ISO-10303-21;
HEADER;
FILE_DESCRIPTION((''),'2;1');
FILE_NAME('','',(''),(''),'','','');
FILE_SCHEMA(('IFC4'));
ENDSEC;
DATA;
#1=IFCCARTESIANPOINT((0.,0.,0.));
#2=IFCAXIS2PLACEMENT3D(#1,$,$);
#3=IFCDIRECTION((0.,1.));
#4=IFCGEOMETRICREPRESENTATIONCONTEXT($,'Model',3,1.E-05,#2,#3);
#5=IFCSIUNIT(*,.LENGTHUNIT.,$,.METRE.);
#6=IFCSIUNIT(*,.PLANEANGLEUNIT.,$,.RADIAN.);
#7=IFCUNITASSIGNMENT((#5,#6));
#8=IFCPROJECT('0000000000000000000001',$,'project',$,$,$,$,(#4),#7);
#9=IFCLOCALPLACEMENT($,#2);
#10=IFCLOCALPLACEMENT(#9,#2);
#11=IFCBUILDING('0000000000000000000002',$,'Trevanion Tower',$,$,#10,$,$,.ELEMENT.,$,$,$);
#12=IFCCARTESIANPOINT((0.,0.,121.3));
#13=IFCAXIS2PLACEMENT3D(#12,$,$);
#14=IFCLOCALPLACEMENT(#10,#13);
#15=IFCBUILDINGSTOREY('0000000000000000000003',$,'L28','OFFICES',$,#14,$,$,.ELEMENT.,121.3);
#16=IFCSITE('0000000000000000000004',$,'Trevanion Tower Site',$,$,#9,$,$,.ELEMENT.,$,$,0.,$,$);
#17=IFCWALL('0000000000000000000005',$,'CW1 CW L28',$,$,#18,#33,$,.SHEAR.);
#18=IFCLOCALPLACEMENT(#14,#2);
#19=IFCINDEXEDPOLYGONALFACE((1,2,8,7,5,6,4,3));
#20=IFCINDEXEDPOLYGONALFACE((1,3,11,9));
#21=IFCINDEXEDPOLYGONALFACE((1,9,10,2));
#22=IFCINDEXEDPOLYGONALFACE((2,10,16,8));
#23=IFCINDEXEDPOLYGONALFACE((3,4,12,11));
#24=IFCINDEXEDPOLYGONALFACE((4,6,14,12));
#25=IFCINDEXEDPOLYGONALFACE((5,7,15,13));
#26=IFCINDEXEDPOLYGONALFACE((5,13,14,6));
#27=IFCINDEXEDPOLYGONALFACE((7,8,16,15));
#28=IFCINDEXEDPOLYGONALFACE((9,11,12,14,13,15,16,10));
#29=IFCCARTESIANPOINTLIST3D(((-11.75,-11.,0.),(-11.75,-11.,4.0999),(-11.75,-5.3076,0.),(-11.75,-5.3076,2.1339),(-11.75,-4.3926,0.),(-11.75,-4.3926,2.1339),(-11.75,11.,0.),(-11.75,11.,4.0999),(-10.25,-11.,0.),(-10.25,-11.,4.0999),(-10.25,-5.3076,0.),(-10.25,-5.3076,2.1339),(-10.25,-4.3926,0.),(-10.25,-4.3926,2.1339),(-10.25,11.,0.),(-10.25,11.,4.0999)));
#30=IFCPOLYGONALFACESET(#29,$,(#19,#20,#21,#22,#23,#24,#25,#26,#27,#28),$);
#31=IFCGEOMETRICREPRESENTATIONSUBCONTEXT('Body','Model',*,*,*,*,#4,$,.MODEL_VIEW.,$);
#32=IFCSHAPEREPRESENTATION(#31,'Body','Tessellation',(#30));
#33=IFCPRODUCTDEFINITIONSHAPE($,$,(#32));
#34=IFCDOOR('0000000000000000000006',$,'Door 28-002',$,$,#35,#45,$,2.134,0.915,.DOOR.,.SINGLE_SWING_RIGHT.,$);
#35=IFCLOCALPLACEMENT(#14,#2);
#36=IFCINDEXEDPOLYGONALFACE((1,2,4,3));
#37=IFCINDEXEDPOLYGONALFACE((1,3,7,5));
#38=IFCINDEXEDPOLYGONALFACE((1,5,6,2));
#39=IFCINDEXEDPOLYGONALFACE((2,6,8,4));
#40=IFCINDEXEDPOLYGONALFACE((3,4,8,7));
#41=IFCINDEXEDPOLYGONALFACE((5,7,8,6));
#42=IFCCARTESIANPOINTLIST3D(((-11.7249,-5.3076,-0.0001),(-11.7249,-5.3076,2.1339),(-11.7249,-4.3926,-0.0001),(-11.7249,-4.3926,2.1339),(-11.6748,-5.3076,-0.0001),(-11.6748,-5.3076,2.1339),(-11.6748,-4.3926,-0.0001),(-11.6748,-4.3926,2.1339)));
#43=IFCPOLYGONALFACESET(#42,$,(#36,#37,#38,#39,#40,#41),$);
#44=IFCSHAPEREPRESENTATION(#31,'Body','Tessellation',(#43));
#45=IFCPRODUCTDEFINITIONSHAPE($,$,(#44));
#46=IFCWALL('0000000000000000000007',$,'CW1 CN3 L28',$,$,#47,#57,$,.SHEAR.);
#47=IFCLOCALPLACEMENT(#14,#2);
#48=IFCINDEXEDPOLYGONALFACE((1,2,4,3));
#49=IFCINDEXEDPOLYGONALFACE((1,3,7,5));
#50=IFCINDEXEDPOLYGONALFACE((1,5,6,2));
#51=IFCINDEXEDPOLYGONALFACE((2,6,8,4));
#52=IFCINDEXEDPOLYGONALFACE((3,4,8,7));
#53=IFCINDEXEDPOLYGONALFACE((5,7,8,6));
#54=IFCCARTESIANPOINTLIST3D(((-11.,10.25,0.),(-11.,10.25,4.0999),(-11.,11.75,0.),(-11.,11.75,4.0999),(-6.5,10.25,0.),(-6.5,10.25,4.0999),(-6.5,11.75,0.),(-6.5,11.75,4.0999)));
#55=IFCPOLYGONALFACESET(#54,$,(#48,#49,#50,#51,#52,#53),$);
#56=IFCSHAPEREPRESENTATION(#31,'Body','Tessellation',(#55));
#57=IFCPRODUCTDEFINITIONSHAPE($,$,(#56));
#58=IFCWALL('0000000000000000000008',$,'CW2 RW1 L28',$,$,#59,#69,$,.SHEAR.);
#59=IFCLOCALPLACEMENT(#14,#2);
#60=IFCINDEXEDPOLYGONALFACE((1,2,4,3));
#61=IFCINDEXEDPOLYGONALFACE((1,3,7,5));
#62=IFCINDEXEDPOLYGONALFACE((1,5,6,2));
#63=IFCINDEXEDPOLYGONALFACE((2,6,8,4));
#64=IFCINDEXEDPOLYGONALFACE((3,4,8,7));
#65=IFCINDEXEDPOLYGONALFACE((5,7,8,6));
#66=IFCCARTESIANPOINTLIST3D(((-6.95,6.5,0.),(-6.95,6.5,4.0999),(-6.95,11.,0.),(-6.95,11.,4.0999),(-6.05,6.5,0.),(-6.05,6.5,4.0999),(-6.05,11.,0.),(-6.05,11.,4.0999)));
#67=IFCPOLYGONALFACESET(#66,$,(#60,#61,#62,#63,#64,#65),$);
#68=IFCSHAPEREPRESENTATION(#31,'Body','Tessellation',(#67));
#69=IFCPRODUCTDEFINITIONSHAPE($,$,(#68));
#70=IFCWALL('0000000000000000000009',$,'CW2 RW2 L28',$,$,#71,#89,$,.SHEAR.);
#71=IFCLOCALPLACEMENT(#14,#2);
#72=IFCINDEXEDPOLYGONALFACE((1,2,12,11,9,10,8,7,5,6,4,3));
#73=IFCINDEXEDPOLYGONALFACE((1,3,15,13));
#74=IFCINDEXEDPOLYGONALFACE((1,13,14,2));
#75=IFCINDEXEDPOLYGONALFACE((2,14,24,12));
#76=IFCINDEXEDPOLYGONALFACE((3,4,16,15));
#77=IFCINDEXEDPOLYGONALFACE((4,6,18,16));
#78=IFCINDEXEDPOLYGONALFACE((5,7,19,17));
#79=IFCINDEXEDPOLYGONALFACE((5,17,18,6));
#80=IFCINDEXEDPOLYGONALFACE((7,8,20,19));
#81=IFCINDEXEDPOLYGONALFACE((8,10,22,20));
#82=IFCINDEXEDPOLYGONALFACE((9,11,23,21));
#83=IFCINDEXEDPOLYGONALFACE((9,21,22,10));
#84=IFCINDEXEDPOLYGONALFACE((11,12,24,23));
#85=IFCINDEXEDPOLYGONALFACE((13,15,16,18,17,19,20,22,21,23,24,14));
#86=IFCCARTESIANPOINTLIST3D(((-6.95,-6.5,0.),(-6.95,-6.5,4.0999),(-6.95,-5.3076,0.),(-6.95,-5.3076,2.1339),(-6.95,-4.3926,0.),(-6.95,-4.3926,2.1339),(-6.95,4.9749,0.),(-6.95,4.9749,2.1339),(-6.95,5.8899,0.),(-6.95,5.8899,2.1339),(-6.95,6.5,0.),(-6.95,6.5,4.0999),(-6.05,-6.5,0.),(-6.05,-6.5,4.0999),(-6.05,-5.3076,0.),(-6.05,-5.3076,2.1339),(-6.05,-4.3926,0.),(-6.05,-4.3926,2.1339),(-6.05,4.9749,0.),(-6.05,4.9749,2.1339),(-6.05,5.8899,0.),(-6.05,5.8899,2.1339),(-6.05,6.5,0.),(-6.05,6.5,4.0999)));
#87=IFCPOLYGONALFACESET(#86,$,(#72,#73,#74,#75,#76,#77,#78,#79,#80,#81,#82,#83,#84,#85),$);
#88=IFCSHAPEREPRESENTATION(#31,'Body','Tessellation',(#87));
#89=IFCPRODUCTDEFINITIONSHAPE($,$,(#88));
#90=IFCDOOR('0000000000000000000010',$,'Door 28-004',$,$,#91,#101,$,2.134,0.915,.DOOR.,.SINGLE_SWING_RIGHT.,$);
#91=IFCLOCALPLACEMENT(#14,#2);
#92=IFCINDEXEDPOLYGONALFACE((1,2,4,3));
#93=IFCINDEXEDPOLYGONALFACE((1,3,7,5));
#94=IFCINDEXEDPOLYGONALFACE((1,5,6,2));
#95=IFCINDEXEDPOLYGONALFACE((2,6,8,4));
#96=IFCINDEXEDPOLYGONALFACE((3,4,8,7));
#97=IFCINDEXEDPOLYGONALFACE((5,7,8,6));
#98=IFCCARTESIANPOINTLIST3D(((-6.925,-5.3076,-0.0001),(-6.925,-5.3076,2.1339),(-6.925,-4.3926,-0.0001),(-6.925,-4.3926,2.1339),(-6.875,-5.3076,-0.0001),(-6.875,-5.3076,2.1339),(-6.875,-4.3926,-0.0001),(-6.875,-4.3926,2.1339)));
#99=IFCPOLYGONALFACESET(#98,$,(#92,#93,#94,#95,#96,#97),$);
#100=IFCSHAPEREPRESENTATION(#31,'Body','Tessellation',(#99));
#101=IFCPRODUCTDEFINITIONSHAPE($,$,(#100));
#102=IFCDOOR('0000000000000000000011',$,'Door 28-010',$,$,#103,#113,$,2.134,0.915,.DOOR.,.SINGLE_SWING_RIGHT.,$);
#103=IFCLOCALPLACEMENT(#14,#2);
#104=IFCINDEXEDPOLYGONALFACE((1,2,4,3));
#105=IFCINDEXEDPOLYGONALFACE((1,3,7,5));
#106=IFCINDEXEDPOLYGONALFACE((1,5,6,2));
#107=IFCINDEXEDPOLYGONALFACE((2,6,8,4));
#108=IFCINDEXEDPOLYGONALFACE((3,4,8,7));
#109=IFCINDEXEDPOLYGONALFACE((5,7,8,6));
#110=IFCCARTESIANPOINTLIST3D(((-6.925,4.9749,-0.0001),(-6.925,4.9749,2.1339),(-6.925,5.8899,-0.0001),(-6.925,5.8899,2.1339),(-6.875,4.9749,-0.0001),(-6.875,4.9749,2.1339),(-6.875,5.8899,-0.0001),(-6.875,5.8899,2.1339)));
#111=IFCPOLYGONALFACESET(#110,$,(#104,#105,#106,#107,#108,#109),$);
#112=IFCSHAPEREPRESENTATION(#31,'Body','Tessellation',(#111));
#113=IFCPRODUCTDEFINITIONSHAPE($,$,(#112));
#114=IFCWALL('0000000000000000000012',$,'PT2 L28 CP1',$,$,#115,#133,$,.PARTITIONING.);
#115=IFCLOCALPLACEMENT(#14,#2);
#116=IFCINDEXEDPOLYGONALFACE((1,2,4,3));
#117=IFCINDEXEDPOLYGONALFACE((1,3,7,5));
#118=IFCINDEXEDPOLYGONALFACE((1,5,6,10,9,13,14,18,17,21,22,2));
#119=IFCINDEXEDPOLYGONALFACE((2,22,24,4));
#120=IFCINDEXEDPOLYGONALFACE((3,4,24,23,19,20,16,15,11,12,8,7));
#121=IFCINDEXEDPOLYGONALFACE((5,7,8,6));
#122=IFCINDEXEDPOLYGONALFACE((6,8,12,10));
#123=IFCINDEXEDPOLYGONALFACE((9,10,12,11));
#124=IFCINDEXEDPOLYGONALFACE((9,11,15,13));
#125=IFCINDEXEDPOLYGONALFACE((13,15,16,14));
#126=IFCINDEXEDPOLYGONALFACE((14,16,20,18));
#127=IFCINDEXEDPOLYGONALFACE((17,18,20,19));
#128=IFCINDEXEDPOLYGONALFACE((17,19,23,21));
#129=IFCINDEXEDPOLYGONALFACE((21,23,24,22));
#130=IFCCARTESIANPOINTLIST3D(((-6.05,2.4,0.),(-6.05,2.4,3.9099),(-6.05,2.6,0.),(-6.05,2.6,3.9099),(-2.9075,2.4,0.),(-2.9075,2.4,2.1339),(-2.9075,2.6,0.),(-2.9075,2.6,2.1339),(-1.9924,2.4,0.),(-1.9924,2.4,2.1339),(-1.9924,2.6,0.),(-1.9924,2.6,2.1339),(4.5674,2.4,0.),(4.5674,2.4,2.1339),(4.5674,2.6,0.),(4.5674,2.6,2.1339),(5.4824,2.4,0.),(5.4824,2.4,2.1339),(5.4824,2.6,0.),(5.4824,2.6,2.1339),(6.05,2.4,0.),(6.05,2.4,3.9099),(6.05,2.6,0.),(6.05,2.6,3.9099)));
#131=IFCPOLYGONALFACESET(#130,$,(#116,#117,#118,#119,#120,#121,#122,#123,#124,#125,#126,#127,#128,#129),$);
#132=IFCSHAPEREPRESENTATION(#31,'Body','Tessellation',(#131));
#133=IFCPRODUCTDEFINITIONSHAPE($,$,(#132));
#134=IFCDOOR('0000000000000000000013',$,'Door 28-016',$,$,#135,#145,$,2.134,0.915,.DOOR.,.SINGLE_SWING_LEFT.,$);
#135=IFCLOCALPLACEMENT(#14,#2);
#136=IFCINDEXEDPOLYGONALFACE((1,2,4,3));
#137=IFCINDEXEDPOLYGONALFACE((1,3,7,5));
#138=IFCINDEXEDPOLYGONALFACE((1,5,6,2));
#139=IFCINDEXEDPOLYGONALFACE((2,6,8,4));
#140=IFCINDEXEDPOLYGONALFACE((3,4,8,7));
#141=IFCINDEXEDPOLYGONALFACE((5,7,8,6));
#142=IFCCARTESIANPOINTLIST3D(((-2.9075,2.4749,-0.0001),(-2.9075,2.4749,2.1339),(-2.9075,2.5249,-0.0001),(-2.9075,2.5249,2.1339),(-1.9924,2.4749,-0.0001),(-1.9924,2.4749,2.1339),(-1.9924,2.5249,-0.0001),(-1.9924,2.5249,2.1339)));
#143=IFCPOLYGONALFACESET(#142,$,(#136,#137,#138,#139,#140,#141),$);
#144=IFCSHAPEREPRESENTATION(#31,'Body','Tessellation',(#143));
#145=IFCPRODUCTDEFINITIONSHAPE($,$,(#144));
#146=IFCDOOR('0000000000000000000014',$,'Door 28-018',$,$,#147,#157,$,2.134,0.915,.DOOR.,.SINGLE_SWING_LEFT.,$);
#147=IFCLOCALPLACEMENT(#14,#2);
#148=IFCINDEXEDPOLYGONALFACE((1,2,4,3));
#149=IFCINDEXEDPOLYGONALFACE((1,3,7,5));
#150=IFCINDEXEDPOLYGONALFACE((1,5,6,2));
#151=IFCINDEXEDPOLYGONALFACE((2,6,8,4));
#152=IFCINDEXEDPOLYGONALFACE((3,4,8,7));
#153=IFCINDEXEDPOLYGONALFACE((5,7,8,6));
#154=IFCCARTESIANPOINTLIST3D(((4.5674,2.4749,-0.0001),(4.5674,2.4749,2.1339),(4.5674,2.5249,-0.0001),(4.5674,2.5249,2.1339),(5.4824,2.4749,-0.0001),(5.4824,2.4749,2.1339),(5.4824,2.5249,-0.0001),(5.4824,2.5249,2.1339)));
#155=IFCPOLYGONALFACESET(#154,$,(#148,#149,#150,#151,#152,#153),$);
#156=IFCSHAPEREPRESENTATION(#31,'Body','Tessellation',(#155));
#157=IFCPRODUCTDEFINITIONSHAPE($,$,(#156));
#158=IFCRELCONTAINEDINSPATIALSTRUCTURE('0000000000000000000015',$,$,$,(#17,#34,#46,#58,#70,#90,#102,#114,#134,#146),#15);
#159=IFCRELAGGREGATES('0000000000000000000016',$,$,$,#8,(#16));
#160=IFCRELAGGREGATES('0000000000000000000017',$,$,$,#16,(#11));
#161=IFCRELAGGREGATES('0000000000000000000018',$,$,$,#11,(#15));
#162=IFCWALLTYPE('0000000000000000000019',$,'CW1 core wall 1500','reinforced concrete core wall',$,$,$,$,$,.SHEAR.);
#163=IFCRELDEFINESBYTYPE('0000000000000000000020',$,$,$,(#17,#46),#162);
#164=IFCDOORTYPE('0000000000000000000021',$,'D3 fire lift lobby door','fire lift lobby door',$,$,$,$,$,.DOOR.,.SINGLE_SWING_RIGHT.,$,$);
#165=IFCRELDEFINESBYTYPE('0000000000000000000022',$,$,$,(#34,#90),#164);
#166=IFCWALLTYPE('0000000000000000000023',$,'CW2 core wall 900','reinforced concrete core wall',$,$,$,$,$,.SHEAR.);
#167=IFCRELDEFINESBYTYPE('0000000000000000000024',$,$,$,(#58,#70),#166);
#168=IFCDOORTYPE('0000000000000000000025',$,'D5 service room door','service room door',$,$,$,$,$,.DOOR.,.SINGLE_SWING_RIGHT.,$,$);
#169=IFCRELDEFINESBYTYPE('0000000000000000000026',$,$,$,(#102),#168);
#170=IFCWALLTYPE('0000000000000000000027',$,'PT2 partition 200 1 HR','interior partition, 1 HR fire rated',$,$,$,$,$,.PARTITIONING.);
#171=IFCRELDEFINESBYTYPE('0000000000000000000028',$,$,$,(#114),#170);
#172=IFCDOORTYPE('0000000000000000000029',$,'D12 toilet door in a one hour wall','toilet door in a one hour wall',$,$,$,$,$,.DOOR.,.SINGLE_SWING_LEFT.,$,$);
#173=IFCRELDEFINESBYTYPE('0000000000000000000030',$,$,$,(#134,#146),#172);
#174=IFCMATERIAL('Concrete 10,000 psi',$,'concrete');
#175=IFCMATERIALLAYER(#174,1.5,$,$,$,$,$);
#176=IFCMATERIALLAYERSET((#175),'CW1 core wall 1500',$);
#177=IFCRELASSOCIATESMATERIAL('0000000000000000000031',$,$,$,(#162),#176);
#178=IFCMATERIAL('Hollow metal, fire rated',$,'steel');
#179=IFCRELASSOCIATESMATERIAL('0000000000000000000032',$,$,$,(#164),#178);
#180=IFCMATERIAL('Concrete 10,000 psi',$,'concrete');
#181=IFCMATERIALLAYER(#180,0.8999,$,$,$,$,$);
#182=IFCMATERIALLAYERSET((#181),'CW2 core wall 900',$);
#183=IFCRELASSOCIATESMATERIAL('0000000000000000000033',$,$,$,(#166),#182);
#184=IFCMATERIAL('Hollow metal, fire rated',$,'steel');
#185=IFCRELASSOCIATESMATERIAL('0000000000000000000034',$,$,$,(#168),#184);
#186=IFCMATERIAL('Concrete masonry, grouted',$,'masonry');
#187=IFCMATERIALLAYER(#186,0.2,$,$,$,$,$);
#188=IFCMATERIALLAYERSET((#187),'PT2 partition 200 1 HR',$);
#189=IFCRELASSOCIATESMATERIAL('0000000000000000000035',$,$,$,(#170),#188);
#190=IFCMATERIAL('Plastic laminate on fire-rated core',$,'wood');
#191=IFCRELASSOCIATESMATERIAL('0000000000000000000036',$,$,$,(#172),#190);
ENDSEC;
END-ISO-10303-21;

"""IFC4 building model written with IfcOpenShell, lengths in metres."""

from ifc_helpers import new_model, si_unit, direction, frame, frame_2d, origin, place, context, subcontext, project, spatial, rectangle, extrude, material, layer, layer_set, type_object, element, fill, save


model = new_model("IFC4")

# Units and contexts
model_context = context("Model", 3, precision=1e-05, world=origin(), true_north=direction((0.0, 1.0)))
body_context = subcontext(model_context, "Body", "Model", "MODEL_VIEW")
ifc_project = project(units=[si_unit("LENGTHUNIT", "METRE"), si_unit("PLANEANGLEUNIT", "RADIAN")], contexts=[model_context])

# Site, building, storey
site_placement = place(None, origin())
site = spatial("IfcSite", under=ifc_project, at=site_placement, Name="Trevanion Tower Site", CompositionType="ELEMENT", RefElevation=0.0)
building_placement = place(site_placement, origin())
building = spatial("IfcBuilding", under=site, at=building_placement, Name="Trevanion Tower", CompositionType="ELEMENT")
storey_placement = place(building_placement, frame((0.0, 0.0, 121.3)))
storey = spatial("IfcBuildingStorey", under=building, at=storey_placement, Name="L28", Description="OFFICES", CompositionType="ELEMENT", Elevation=121.3)

# Wall, opening, door
ifc_material_1 = material(Name="Concrete 10,000 psi", Category="concrete")
ifc_layer_1 = layer(ifc_material_1, 1.5)
ifc_layer_set_1 = layer_set([ifc_layer_1], Name="CW1 core wall 1500")
wall_type_1 = type_object("IfcWallType", Name="CW1 core wall 1500", Description="reinforced concrete core wall", PredefinedType="SHEAR", material=ifc_layer_set_1)
wall_1_placement = place(storey_placement, frame((-11.0, 11.0, 0.0), z_axis=(0.0, 0.0, 1.0), x_axis=(0.0, -1.0, 0.0)))
wall_1 = element("IfcWall", 1, at=wall_1_placement, inside=storey, type_object=wall_type_1, Name="CW1 CW L28", PredefinedType="SHEAR", context=body_context, shape_type="SweptSolid", body=[
    extrude(rectangle(XDim=22.0, YDim=1.5, at=frame_2d((11.0, 0.0))), origin(), (0.0, 0.0, 1.0), 4.0999),
])
opening_1_placement = place(wall_1_placement, frame((15.3926, 0.0, 0.0)))
opening_1 = element("IfcOpeningElement", 2, at=opening_1_placement, cuts=wall_1, PredefinedType="OPENING", context=body_context, shape_type="SweptSolid", body=[
    extrude(rectangle(XDim=0.915, YDim=2.134, at=frame_2d((0.4575, 1.0669))), frame((0.0, 0.76, 0.0), z_axis=(0.0, -1.0, 0.0), x_axis=(1.0, 0.0, 0.0)), (0.0, 0.0, 1.0), 1.52),
])
ifc_material_2 = material(Name="Hollow metal, fire rated", Category="steel")
door_type_1 = type_object("IfcDoorType", Name="D3 fire lift lobby door", Description="fire lift lobby door", OperationType="SINGLE_SWING_RIGHT", PredefinedType="DOOR", material=ifc_material_2)
door_1_placement = place(opening_1_placement, origin())
door_1 = element("IfcDoor", 3, at=door_1_placement, inside=storey, type_object=door_type_1, Name="Door 28-002", OperationType="SINGLE_SWING_RIGHT", OverallHeight=2.134, OverallWidth=0.915, PredefinedType="DOOR", context=body_context, shape_type="SweptSolid", body=[
    extrude(rectangle(XDim=0.915, YDim=2.134, at=frame_2d((0.4575, 1.0669))), frame((0.0, -0.6748, 0.0), z_axis=(0.0, -1.0, 0.0), x_axis=(1.0, 0.0, 0.0)), (0.0, 0.0, 1.0), 0.05),
])
fill(opening_1, door_1)

# Walls
wall_2_placement = place(storey_placement, frame((-6.5, 11.0, 0.0), z_axis=(0.0, 0.0, 1.0), x_axis=(-1.0, 0.0, 0.0)))
element("IfcWall", 4, at=wall_2_placement, inside=storey, type_object=wall_type_1, Name="CW1 CN3 L28", PredefinedType="SHEAR", context=body_context, shape_type="SweptSolid", body=[
    extrude(rectangle(XDim=4.5, YDim=1.5, at=frame_2d((2.25, 0.0))), origin(), (0.0, 0.0, 1.0), 4.0999),
])
ifc_material_3 = material(Name="Concrete 10,000 psi", Category="concrete")
ifc_layer_2 = layer(ifc_material_3, 0.8999)
ifc_layer_set_2 = layer_set([ifc_layer_2], Name="CW2 core wall 900")
wall_type_2 = type_object("IfcWallType", Name="CW2 core wall 900", Description="reinforced concrete core wall", PredefinedType="SHEAR", material=ifc_layer_set_2)
wall_3_placement = place(storey_placement, frame((-6.5, 11.0, 0.0), z_axis=(0.0, 0.0, 1.0), x_axis=(0.0, -1.0, 0.0)))
element("IfcWall", 5, at=wall_3_placement, inside=storey, type_object=wall_type_2, Name="CW2 RW1 L28", PredefinedType="SHEAR", context=body_context, shape_type="SweptSolid", body=[
    extrude(rectangle(XDim=4.5, YDim=0.8999, at=frame_2d((2.25, 0.0))), origin(), (0.0, 0.0, 1.0), 4.0999),
])

# Walls, openings, doors
wall_4_placement = place(storey_placement, frame((-6.5, 6.5, 0.0), z_axis=(0.0, 0.0, 1.0), x_axis=(0.0, -1.0, 0.0)))
wall_4 = element("IfcWall", 6, at=wall_4_placement, inside=storey, type_object=wall_type_2, Name="CW2 RW2 L28", PredefinedType="SHEAR", context=body_context, shape_type="SweptSolid", body=[
    extrude(rectangle(XDim=13.0, YDim=0.8999, at=frame_2d((6.5, 0.0))), origin(), (0.0, 0.0, 1.0), 4.0999),
])
opening_2_placement = place(wall_4_placement, frame((10.8926, 0.0, 0.0)))
opening_2 = element("IfcOpeningElement", 7, at=opening_2_placement, cuts=wall_4, PredefinedType="OPENING", context=body_context, shape_type="SweptSolid", body=[
    extrude(rectangle(XDim=0.915, YDim=2.134, at=frame_2d((0.4575, 1.0669))), frame((0.0, 0.46, 0.0), z_axis=(0.0, -1.0, 0.0), x_axis=(1.0, 0.0, 0.0)), (0.0, 0.0, 1.0), 0.9199),
])
opening_3_placement = place(wall_4_placement, frame((0.6101, 0.0, 0.0)))
opening_3 = element("IfcOpeningElement", 8, at=opening_3_placement, cuts=wall_4, PredefinedType="OPENING", context=body_context, shape_type="SweptSolid", body=[
    extrude(rectangle(XDim=0.915, YDim=2.134, at=frame_2d((0.4575, 1.0669))), frame((0.0, 0.46, 0.0), z_axis=(0.0, -1.0, 0.0), x_axis=(1.0, 0.0, 0.0)), (0.0, 0.0, 1.0), 0.9199),
])
door_2_placement = place(opening_2_placement, origin())
door_2 = element("IfcDoor", 9, at=door_2_placement, inside=storey, type_object=door_type_1, Name="Door 28-004", OperationType="SINGLE_SWING_RIGHT", OverallHeight=2.134, OverallWidth=0.915, PredefinedType="DOOR", context=body_context, shape_type="SweptSolid", body=[
    extrude(rectangle(XDim=0.915, YDim=2.134, at=frame_2d((0.4575, 1.0669))), frame((0.0, -0.375, 0.0), z_axis=(0.0, -1.0, 0.0), x_axis=(1.0, 0.0, 0.0)), (0.0, 0.0, 1.0), 0.05),
])
fill(opening_2, door_2)
ifc_material_4 = material(Name="Hollow metal, fire rated", Category="steel")
door_type_2 = type_object("IfcDoorType", Name="D5 service room door", Description="service room door", OperationType="SINGLE_SWING_RIGHT", PredefinedType="DOOR", material=ifc_material_4)
door_3_placement = place(opening_3_placement, origin())
door_3 = element("IfcDoor", 10, at=door_3_placement, inside=storey, type_object=door_type_2, Name="Door 28-010", OperationType="SINGLE_SWING_RIGHT", OverallHeight=2.134, OverallWidth=0.915, PredefinedType="DOOR", context=body_context, shape_type="SweptSolid", body=[
    extrude(rectangle(XDim=0.915, YDim=2.134, at=frame_2d((0.4575, 1.0669))), frame((0.0, -0.375, 0.0), z_axis=(0.0, -1.0, 0.0), x_axis=(1.0, 0.0, 0.0)), (0.0, 0.0, 1.0), 0.05),
])
fill(opening_3, door_3)
ifc_material_5 = material(Name="Concrete masonry, grouted", Category="masonry")
ifc_layer_3 = layer(ifc_material_5, 0.2)
ifc_layer_set_3 = layer_set([ifc_layer_3], Name="PT2 partition 200 1 HR")
wall_type_3 = type_object("IfcWallType", Name="PT2 partition 200 1 HR", Description="interior partition, 1 HR fire rated", PredefinedType="PARTITIONING", material=ifc_layer_set_3)
wall_5_placement = place(storey_placement, frame((-6.05, 2.5, 0.0), z_axis=(0.0, 0.0, 1.0), x_axis=(1.0, 0.0, 0.0)))
wall_5 = element("IfcWall", 11, at=wall_5_placement, inside=storey, type_object=wall_type_3, Name="PT2 L28 CP1", PredefinedType="PARTITIONING", context=body_context, shape_type="SweptSolid", body=[
    extrude(rectangle(XDim=12.1001, YDim=0.2, at=frame_2d((6.05, 0.0))), origin(), (0.0, 0.0, 1.0), 3.9099),
])
opening_4_placement = place(wall_5_placement, frame((3.1426, 0.0, 0.0)))
opening_4 = element("IfcOpeningElement", 12, at=opening_4_placement, cuts=wall_5, PredefinedType="OPENING", context=body_context, shape_type="SweptSolid", body=[
    extrude(rectangle(XDim=0.915, YDim=2.134, at=frame_2d((0.4575, 1.0669))), frame((0.0, 0.1099, 0.0), z_axis=(0.0, -1.0, 0.0), x_axis=(1.0, 0.0, 0.0)), (0.0, 0.0, 1.0), 0.22),
])
opening_5_placement = place(wall_5_placement, frame((10.6174, 0.0, 0.0)))
opening_5 = element("IfcOpeningElement", 13, at=opening_5_placement, cuts=wall_5, PredefinedType="OPENING", context=body_context, shape_type="SweptSolid", body=[
    extrude(rectangle(XDim=0.915, YDim=2.134, at=frame_2d((0.4575, 1.0669))), frame((0.0, 0.1099, 0.0), z_axis=(0.0, -1.0, 0.0), x_axis=(1.0, 0.0, 0.0)), (0.0, 0.0, 1.0), 0.22),
])
ifc_material_6 = material(Name="Plastic laminate on fire-rated core", Category="wood")
door_type_3 = type_object("IfcDoorType", Name="D12 toilet door in a one hour wall", Description="toilet door in a one hour wall", OperationType="SINGLE_SWING_LEFT", PredefinedType="DOOR", material=ifc_material_6)
door_4_placement = place(opening_4_placement, origin())
door_4 = element("IfcDoor", 14, at=door_4_placement, inside=storey, type_object=door_type_3, Name="Door 28-016", OperationType="SINGLE_SWING_LEFT", OverallHeight=2.134, OverallWidth=0.915, PredefinedType="DOOR", context=body_context, shape_type="SweptSolid", body=[
    extrude(rectangle(XDim=0.915, YDim=2.134, at=frame_2d((0.4575, 1.0669))), frame((0.0, 0.0249, 0.0), z_axis=(0.0, -1.0, 0.0), x_axis=(1.0, 0.0, 0.0)), (0.0, 0.0, 1.0), 0.05),
])
fill(opening_4, door_4)
door_5_placement = place(opening_5_placement, origin())
door_5 = element("IfcDoor", 15, at=door_5_placement, inside=storey, type_object=door_type_3, Name="Door 28-018", OperationType="SINGLE_SWING_LEFT", OverallHeight=2.134, OverallWidth=0.915, PredefinedType="DOOR", context=body_context, shape_type="SweptSolid", body=[
    extrude(rectangle(XDim=0.915, YDim=2.134, at=frame_2d((0.4575, 1.0669))), frame((0.0, 0.0249, 0.0), z_axis=(0.0, -1.0, 0.0), x_axis=(1.0, 0.0, 0.0)), (0.0, 0.0, 1.0), 0.05),
])
fill(opening_5, door_5)

save(model, "model.ifc")
